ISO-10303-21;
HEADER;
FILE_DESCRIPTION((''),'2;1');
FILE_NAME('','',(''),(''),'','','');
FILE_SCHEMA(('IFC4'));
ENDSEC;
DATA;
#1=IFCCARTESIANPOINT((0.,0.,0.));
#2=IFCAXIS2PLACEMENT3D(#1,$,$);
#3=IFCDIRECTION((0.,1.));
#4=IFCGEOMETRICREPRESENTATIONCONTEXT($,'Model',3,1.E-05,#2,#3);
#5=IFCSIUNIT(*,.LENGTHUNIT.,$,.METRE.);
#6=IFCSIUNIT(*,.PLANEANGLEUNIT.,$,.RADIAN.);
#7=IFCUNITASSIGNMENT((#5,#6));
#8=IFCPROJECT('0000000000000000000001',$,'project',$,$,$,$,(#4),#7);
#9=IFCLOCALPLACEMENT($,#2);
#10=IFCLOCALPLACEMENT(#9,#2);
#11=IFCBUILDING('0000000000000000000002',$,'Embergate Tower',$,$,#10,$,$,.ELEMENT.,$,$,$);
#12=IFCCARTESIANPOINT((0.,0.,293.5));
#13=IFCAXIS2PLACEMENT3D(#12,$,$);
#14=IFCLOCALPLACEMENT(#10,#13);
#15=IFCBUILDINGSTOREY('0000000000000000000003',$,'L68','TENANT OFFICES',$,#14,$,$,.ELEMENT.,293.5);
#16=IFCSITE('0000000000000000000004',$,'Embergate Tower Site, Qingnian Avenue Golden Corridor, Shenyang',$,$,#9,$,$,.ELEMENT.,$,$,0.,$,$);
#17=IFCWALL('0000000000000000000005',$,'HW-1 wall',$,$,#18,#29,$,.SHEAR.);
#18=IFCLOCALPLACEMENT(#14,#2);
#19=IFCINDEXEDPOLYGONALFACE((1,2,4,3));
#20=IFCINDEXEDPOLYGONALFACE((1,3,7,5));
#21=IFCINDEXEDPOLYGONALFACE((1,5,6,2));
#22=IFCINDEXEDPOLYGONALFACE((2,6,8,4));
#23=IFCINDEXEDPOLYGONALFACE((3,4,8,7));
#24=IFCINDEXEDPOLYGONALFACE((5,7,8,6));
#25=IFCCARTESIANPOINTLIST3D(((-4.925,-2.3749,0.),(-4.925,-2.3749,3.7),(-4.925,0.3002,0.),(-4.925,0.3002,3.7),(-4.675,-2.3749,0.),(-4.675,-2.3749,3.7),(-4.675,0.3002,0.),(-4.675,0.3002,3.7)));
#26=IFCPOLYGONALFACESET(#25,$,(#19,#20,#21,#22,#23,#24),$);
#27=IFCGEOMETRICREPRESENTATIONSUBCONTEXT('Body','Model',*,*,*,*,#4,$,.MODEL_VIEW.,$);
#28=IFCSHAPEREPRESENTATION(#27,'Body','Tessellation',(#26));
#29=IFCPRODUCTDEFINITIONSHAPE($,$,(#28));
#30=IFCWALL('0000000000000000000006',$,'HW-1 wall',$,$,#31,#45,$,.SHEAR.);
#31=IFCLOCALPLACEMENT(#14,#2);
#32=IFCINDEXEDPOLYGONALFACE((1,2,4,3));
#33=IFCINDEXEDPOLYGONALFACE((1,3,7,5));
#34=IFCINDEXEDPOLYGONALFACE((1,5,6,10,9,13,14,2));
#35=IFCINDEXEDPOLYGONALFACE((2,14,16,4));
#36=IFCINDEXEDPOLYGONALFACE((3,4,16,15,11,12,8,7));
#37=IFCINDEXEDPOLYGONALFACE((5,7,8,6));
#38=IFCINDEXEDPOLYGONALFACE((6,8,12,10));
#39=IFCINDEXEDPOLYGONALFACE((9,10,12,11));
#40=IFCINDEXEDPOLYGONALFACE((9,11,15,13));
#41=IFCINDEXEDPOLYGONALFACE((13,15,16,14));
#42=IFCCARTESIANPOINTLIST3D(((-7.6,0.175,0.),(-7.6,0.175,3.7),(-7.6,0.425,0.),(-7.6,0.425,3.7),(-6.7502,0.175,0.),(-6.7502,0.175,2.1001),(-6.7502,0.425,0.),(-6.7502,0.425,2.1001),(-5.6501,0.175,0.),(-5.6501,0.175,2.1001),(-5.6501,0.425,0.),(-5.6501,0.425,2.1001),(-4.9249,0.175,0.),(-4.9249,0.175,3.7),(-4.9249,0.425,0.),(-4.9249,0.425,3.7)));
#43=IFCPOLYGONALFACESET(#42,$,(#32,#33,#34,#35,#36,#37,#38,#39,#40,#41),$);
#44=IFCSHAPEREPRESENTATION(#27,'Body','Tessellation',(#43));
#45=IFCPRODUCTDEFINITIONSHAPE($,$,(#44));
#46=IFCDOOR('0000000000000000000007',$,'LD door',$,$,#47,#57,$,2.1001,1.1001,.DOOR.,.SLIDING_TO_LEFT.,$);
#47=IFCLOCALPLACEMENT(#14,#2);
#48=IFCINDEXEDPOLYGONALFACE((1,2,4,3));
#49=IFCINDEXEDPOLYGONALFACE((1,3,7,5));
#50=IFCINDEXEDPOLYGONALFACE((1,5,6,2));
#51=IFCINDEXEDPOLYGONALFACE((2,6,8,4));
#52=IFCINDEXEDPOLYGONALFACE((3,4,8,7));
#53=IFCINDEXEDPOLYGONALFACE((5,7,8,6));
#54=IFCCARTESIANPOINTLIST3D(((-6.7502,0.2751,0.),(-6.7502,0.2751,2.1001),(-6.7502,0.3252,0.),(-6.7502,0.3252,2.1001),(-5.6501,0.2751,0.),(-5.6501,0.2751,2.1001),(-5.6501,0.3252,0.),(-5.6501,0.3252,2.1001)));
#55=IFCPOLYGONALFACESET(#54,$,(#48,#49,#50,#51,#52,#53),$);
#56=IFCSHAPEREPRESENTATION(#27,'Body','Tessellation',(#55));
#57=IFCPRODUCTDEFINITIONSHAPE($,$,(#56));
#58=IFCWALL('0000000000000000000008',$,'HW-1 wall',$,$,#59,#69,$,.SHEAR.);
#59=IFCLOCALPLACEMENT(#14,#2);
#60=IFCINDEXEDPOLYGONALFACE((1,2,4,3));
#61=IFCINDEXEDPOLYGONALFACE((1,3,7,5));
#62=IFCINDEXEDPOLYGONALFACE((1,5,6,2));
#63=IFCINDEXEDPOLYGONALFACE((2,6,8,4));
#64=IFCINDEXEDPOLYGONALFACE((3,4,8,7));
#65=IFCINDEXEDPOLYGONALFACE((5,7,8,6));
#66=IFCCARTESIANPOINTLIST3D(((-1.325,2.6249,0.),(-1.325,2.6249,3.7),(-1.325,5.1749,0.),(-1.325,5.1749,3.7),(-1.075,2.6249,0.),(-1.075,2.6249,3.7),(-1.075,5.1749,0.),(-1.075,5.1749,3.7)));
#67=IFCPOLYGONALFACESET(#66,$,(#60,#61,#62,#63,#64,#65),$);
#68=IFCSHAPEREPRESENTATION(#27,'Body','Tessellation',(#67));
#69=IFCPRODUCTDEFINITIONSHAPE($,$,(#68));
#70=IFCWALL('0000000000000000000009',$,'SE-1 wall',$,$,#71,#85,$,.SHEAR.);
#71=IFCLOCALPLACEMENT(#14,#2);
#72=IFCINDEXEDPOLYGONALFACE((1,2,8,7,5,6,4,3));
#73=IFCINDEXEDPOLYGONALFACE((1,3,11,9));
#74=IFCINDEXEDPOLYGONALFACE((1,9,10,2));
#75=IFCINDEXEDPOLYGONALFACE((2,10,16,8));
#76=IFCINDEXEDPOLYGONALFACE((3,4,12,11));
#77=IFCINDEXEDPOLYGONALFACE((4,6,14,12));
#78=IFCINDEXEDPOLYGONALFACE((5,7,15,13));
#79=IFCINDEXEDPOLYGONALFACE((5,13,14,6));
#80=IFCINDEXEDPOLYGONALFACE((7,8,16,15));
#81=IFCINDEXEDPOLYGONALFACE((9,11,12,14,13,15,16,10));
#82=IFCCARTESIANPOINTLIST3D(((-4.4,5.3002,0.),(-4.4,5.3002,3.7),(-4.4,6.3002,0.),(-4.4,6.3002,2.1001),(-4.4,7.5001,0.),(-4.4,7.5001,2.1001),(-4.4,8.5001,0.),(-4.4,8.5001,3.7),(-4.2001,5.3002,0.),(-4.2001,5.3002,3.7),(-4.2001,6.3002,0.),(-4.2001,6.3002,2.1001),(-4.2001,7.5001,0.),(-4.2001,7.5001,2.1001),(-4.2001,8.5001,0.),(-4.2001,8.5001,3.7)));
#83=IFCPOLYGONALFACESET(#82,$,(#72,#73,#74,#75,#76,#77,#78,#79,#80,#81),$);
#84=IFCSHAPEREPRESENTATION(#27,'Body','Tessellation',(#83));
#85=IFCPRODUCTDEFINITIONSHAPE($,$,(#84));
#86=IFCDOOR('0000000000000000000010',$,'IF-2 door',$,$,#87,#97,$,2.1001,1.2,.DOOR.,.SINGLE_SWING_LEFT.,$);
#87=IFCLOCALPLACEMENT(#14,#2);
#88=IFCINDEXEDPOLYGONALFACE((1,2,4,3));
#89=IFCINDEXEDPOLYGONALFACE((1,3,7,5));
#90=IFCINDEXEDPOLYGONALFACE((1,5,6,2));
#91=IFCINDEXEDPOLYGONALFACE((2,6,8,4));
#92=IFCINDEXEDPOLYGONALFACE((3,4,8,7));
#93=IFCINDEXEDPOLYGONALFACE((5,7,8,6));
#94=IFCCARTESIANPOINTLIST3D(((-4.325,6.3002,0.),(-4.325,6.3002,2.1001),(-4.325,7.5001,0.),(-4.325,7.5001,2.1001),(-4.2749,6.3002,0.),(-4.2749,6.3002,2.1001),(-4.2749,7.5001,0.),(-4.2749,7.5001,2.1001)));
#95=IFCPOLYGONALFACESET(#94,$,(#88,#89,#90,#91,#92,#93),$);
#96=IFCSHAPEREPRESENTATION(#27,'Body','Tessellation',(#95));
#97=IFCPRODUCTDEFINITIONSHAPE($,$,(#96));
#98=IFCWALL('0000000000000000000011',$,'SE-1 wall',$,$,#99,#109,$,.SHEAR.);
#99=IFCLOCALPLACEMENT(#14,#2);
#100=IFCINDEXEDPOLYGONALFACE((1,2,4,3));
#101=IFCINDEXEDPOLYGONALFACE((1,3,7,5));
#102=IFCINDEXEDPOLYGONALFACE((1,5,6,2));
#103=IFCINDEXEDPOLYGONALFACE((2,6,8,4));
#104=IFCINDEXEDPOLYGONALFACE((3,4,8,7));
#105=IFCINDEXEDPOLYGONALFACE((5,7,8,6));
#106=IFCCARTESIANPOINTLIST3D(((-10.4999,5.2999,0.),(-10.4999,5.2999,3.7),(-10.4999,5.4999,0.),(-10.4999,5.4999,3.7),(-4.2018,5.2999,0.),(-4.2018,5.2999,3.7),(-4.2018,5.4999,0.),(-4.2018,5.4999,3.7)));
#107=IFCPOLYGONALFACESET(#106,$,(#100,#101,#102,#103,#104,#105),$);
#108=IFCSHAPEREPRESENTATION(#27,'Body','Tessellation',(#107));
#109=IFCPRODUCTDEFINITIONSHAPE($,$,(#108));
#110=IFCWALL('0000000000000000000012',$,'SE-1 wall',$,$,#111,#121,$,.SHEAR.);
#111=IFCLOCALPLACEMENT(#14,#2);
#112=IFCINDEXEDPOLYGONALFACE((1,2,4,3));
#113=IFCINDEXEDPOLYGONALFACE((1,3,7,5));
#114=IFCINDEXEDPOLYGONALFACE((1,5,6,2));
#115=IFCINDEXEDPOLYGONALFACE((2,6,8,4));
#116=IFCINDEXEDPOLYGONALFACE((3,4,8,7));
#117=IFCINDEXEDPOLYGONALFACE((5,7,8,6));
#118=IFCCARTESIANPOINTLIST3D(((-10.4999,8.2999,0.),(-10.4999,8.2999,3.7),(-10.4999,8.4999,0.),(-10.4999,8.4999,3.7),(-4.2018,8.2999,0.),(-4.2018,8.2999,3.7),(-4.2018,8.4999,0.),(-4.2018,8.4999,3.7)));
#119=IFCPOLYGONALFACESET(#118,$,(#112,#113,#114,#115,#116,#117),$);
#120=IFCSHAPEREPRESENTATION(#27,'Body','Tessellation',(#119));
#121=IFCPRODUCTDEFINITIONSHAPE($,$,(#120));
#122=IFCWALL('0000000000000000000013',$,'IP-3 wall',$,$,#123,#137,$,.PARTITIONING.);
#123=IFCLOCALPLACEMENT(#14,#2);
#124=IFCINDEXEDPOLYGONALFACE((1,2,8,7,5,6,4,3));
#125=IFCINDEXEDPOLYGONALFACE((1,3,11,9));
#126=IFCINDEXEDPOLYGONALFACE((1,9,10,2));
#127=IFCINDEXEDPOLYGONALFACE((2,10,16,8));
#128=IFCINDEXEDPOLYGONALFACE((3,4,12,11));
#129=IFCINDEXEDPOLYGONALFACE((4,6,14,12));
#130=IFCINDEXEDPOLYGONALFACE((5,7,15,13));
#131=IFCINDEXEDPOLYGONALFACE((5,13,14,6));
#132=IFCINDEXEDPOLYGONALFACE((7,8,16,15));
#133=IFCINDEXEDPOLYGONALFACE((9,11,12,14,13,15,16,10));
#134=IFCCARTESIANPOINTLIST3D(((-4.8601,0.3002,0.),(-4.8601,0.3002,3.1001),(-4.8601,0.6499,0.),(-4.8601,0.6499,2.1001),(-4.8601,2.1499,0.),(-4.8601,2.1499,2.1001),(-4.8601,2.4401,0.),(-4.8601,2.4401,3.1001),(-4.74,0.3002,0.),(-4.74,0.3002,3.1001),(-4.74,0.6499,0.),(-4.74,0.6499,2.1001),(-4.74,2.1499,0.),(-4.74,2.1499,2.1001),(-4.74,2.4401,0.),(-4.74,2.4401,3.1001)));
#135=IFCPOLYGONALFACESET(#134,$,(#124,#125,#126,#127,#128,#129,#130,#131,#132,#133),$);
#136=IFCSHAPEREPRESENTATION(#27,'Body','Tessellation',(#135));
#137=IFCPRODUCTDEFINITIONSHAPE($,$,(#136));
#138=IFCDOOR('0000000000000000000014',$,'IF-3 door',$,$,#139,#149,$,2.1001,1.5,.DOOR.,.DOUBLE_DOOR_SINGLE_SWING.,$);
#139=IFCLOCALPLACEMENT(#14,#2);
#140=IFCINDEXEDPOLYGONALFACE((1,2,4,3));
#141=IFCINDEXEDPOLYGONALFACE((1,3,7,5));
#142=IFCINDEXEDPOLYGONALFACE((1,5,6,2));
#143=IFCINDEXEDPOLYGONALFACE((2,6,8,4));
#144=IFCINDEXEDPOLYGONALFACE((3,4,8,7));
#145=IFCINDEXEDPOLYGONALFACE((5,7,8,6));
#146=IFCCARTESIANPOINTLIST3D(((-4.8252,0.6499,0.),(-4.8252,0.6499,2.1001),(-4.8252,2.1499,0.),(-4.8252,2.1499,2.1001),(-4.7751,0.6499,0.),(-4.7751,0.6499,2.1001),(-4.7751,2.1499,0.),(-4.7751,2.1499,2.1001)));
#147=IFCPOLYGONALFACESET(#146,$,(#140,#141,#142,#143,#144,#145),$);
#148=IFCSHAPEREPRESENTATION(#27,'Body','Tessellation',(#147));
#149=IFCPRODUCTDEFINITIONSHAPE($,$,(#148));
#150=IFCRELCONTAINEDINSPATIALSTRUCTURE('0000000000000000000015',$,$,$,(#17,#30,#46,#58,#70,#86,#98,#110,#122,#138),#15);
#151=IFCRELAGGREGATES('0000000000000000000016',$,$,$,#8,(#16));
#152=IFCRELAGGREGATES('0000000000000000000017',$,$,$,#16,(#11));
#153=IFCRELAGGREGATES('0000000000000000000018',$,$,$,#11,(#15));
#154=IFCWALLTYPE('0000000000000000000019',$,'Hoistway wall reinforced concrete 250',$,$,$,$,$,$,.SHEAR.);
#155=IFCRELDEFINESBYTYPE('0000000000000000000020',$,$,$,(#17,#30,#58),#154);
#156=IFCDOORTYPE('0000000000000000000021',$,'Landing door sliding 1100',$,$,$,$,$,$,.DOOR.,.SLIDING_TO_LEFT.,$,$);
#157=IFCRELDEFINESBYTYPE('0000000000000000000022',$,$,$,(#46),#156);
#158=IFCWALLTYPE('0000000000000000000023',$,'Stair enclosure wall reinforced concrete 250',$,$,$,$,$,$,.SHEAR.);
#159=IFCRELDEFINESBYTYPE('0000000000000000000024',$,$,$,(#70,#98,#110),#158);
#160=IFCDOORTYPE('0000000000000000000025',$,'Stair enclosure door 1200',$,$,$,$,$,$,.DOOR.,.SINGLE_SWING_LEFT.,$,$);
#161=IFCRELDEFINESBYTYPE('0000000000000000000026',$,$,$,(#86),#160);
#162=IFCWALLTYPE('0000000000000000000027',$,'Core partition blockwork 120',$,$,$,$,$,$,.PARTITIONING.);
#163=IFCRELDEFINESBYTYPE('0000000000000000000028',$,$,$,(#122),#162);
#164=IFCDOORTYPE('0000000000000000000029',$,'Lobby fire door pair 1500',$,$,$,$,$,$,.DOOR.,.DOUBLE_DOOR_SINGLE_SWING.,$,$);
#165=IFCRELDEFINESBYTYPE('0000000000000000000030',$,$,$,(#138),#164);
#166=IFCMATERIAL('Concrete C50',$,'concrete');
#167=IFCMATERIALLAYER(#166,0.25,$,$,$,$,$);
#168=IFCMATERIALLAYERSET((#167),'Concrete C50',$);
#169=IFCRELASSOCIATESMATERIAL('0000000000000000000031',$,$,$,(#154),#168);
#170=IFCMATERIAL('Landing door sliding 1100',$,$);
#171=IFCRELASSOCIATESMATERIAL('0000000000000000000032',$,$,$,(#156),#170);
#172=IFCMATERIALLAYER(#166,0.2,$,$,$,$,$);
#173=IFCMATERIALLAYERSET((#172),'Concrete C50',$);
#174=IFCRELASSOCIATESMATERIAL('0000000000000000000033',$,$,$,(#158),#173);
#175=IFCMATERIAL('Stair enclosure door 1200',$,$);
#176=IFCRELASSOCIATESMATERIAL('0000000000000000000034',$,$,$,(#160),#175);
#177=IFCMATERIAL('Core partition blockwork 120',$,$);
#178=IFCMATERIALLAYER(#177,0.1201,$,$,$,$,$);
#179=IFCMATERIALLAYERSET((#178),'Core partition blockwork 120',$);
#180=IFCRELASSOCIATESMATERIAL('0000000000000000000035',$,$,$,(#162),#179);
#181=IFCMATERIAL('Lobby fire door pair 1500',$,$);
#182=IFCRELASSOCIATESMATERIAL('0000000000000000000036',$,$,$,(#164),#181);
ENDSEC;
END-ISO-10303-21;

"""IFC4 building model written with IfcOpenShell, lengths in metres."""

from ifc_helpers import new_model, si_unit, direction, frame, frame_2d, origin, place, context, subcontext, project, spatial, rectangle, extrude, source, transform, mapped, material, layer, layer_set, type_object, element, fill, save


model = new_model("IFC4")

# Units and contexts
model_context = context("Model", 3, precision=1e-05, world=origin(), true_north=direction((0.0, 1.0)))
body_context = subcontext(model_context, "Body", "Model", "MODEL_VIEW")
ifc_project = project(units=[si_unit("LENGTHUNIT", "METRE"), si_unit("PLANEANGLEUNIT", "RADIAN")], contexts=[model_context])

# Site, building, storey
site_placement = place(None, origin())
site = spatial("IfcSite", under=ifc_project, at=site_placement, Name="Embergate Tower Site, Qingnian Avenue Golden Corridor, Shenyang", CompositionType="ELEMENT", RefElevation=0.0)
building_placement = place(site_placement, origin())
building = spatial("IfcBuilding", under=site, at=building_placement, Name="Embergate Tower", CompositionType="ELEMENT")
storey_placement = place(building_placement, frame((0.0, 0.0, 293.5)))
storey = spatial("IfcBuildingStorey", under=building, at=storey_placement, Name="L68", Description="TENANT OFFICES", CompositionType="ELEMENT", Elevation=293.5)

# Wall
ifc_material_1 = material(Name="Concrete C50", Category="concrete")
ifc_layer_1 = layer(ifc_material_1, 0.25)
ifc_layer_set_1 = layer_set([ifc_layer_1], Name="Concrete C50")
wall_type_1 = type_object("IfcWallType", Name="Hoistway wall reinforced concrete 250", PredefinedType="SHEAR", material=ifc_layer_set_1)
shared_shape_1 = source(origin(), body_context, "Body", "SweptSolid", [
    extrude(rectangle(XDim=2.675, YDim=0.25, at=frame_2d((1.3374, 0.0))), origin(), (0.0, 0.0, 1.0), 3.7),
])
wall_1_placement = place(storey_placement, frame((-4.8, 0.3, 0.0), z_axis=(0.0, 0.0, 1.0), x_axis=(0.0, -1.0, 0.0)))
element("IfcWall", 1, at=wall_1_placement, inside=storey, type_object=wall_type_1, Name="HW-1 wall", PredefinedType="SHEAR", context=body_context, shape_type="MappedRepresentation", body=[
    mapped(shared_shape_1, transform((0.0, 0.0, 0.0))),
])

# Wall, opening, door
wall_2_placement = place(storey_placement, frame((-4.925, 0.3, 0.0), z_axis=(0.0, 0.0, 1.0), x_axis=(-1.0, 0.0, 0.0)))
wall_2 = element("IfcWall", 2, at=wall_2_placement, inside=storey, type_object=wall_type_1, Name="HW-1 wall", PredefinedType="SHEAR", context=body_context, shape_type="MappedRepresentation", body=[
    mapped(shared_shape_1, transform((0.0, 0.0, 0.0))),
])
shared_shape_2 = source(origin(), body_context, "Body", "SweptSolid", [
    extrude(rectangle(XDim=1.1001, YDim=2.1001, at=frame_2d((0.55, 1.05))), frame((0.0, 0.135, 0.0), z_axis=(0.0, -1.0, 0.0), x_axis=(1.0, 0.0, 0.0)), (0.0, 0.0, 1.0), 0.27),
])
opening_1_placement = place(wall_2_placement, frame((0.7251, 0.0, 0.0)))
opening_1 = element("IfcOpeningElement", 3, at=opening_1_placement, cuts=wall_2, PredefinedType="OPENING", context=body_context, shape_type="MappedRepresentation", body=[
    mapped(shared_shape_2, transform((0.0, 0.0, 0.0))),
])
ifc_material_2 = material(Name="Landing door sliding 1100")
door_type_1 = type_object("IfcDoorType", Name="Landing door sliding 1100", OperationType="SLIDING_TO_LEFT", PredefinedType="DOOR", material=ifc_material_2)
shared_shape_3 = source(origin(), body_context, "Body", "SweptSolid", [
    extrude(rectangle(XDim=1.1001, YDim=2.1001, at=frame_2d((0.55, 1.05))), frame((0.0, 0.0249, 0.0), z_axis=(0.0, -1.0, 0.0), x_axis=(1.0, 0.0, 0.0)), (0.0, 0.0, 1.0), 0.05),
])
door_1_placement = place(opening_1_placement, origin())
door_1 = element("IfcDoor", 4, at=door_1_placement, inside=storey, type_object=door_type_1, Name="LD door", OperationType="SLIDING_TO_LEFT", OverallHeight=2.1001, OverallWidth=1.1001, PredefinedType="DOOR", context=body_context, shape_type="MappedRepresentation", body=[
    mapped(shared_shape_3, transform((0.0, 0.0, 0.0))),
])
fill(opening_1, door_1)

# Wall
shared_shape_4 = source(origin(), body_context, "Body", "SweptSolid", [
    extrude(rectangle(XDim=2.55, YDim=0.25, at=frame_2d((1.2749, 0.0))), origin(), (0.0, 0.0, 1.0), 3.7),
])
wall_3_placement = place(storey_placement, frame((-1.2, 2.625, 0.0), z_axis=(0.0, 0.0, 1.0), x_axis=(0.0, 1.0, 0.0)))
element("IfcWall", 5, at=wall_3_placement, inside=storey, type_object=wall_type_1, Name="HW-1 wall", PredefinedType="SHEAR", context=body_context, shape_type="MappedRepresentation", body=[
    mapped(shared_shape_4, transform((0.0, 0.0, 0.0))),
])

# Wall, opening, door
ifc_layer_2 = layer(ifc_material_1, 0.2)
ifc_layer_set_2 = layer_set([ifc_layer_2], Name="Concrete C50")
wall_type_2 = type_object("IfcWallType", Name="Stair enclosure wall reinforced concrete 250", PredefinedType="SHEAR", material=ifc_layer_set_2)
shared_shape_5 = source(origin(), body_context, "Body", "SweptSolid", [
    extrude(rectangle(XDim=3.2, YDim=0.2, at=frame_2d((1.6001, 0.0))), origin(), (0.0, 0.0, 1.0), 3.7),
])
wall_4_placement = place(storey_placement, frame((-4.3, 5.3, 0.0), z_axis=(0.0, 0.0, 1.0), x_axis=(0.0, 1.0, 0.0)))
wall_4 = element("IfcWall", 6, at=wall_4_placement, inside=storey, type_object=wall_type_2, Name="SE-1 wall", PredefinedType="SHEAR", context=body_context, shape_type="MappedRepresentation", body=[
    mapped(shared_shape_5, transform((0.0, 0.0, 0.0))),
])
shared_shape_6 = source(origin(), body_context, "Body", "SweptSolid", [
    extrude(rectangle(XDim=1.2, YDim=2.1001, at=frame_2d((0.6001, 1.05))), frame((0.0, 0.1099, 0.0), z_axis=(0.0, -1.0, 0.0), x_axis=(1.0, 0.0, 0.0)), (0.0, 0.0, 1.0), 0.22),
])
opening_2_placement = place(wall_4_placement, frame((1.0, 0.0, 0.0)))
opening_2 = element("IfcOpeningElement", 7, at=opening_2_placement, cuts=wall_4, PredefinedType="OPENING", context=body_context, shape_type="MappedRepresentation", body=[
    mapped(shared_shape_6, transform((0.0, 0.0, 0.0))),
])
ifc_material_3 = material(Name="Stair enclosure door 1200")
door_type_2 = type_object("IfcDoorType", Name="Stair enclosure door 1200", OperationType="SINGLE_SWING_LEFT", PredefinedType="DOOR", material=ifc_material_3)
shared_shape_7 = source(origin(), body_context, "Body", "SweptSolid", [
    extrude(rectangle(XDim=1.2, YDim=2.1001, at=frame_2d((0.6001, 1.05))), frame((0.0, 0.0249, 0.0), z_axis=(0.0, -1.0, 0.0), x_axis=(1.0, 0.0, 0.0)), (0.0, 0.0, 1.0), 0.05),
])
door_2_placement = place(opening_2_placement, origin())
door_2 = element("IfcDoor", 8, at=door_2_placement, inside=storey, type_object=door_type_2, Name="IF-2 door", OperationType="SINGLE_SWING_LEFT", OverallHeight=2.1001, OverallWidth=1.2, PredefinedType="DOOR", context=body_context, shape_type="MappedRepresentation", body=[
    mapped(shared_shape_7, transform((0.0, 0.0, 0.0))),
])
fill(opening_2, door_2)

# Walls
shared_shape_8 = source(origin(), body_context, "Body", "SweptSolid", [
    extrude(rectangle(XDim=6.2981, YDim=0.2, at=frame_2d((3.1489, 0.0))), origin(), (0.0, 0.0, 1.0), 3.7),
])
for number, where, z_axis, x_axis, name in (
    (9, (-4.2019, 5.3999, 0.0), (0.0, 0.0, 1.0), (-1.0, 0.0, 0.0), "SE-1 wall"),
    (10, (-4.2019, 8.3999, 0.0), (0.0, 0.0, 1.0), (-1.0, 0.0, 0.0), "SE-1 wall"),
):
    element("IfcWall", number, at=place(storey_placement, frame(where, z_axis=z_axis, x_axis=x_axis)), inside=storey, type_object=wall_type_2, Name=name, PredefinedType="SHEAR", context=body_context, shape_type="MappedRepresentation", body=[
        mapped(shared_shape_8, transform((0.0, 0.0, 0.0))),
    ])

# Wall, opening, door
ifc_material_4 = material(Name="Core partition blockwork 120")
ifc_layer_3 = layer(ifc_material_4, 0.1201)
ifc_layer_set_3 = layer_set([ifc_layer_3], Name="Core partition blockwork 120")
wall_type_3 = type_object("IfcWallType", Name="Core partition blockwork 120", PredefinedType="PARTITIONING", material=ifc_layer_set_3)
shared_shape_9 = source(origin(), body_context, "Body", "SweptSolid", [
    extrude(rectangle(XDim=2.1399, YDim=0.1201, at=frame_2d((1.0698, 0.0))), origin(), (0.0, 0.0, 1.0), 3.1001),
])
wall_5_placement = place(storey_placement, frame((-4.8, 2.4399, 0.0), z_axis=(0.0, 0.0, 1.0), x_axis=(0.0, -1.0, 0.0)))
wall_5 = element("IfcWall", 11, at=wall_5_placement, inside=storey, type_object=wall_type_3, Name="IP-3 wall", PredefinedType="PARTITIONING", context=body_context, shape_type="MappedRepresentation", body=[
    mapped(shared_shape_9, transform((0.0, 0.0, 0.0))),
])
shared_shape_10 = source(origin(), body_context, "Body", "SweptSolid", [
    extrude(rectangle(XDim=1.5, YDim=2.1001, at=frame_2d((0.75, 1.05))), frame((0.0, 0.0701, 0.0), z_axis=(0.0, -1.0, 0.0), x_axis=(1.0, 0.0, 0.0)), (0.0, 0.0, 1.0), 0.1401),
])
opening_3_placement = place(wall_5_placement, frame((0.29, 0.0, 0.0)))
opening_3 = element("IfcOpeningElement", 12, at=opening_3_placement, cuts=wall_5, PredefinedType="OPENING", context=body_context, shape_type="MappedRepresentation", body=[
    mapped(shared_shape_10, transform((0.0, 0.0, 0.0))),
])
ifc_material_5 = material(Name="Lobby fire door pair 1500")
door_type_3 = type_object("IfcDoorType", Name="Lobby fire door pair 1500", OperationType="DOUBLE_DOOR_SINGLE_SWING", PredefinedType="DOOR", material=ifc_material_5)
shared_shape_11 = source(origin(), body_context, "Body", "SweptSolid", [
    extrude(rectangle(XDim=1.5, YDim=2.1001, at=frame_2d((0.75, 1.05))), frame((0.0, 0.0249, 0.0), z_axis=(0.0, -1.0, 0.0), x_axis=(1.0, 0.0, 0.0)), (0.0, 0.0, 1.0), 0.05),
])
door_3_placement = place(opening_3_placement, origin())
door_3 = element("IfcDoor", 13, at=door_3_placement, inside=storey, type_object=door_type_3, Name="IF-3 door", OperationType="DOUBLE_DOOR_SINGLE_SWING", OverallHeight=2.1001, OverallWidth=1.5, PredefinedType="DOOR", context=body_context, shape_type="MappedRepresentation", body=[
    mapped(shared_shape_11, transform((0.0, 0.0, 0.0))),
])
fill(opening_3, door_3)

save(model, "model.ifc")
